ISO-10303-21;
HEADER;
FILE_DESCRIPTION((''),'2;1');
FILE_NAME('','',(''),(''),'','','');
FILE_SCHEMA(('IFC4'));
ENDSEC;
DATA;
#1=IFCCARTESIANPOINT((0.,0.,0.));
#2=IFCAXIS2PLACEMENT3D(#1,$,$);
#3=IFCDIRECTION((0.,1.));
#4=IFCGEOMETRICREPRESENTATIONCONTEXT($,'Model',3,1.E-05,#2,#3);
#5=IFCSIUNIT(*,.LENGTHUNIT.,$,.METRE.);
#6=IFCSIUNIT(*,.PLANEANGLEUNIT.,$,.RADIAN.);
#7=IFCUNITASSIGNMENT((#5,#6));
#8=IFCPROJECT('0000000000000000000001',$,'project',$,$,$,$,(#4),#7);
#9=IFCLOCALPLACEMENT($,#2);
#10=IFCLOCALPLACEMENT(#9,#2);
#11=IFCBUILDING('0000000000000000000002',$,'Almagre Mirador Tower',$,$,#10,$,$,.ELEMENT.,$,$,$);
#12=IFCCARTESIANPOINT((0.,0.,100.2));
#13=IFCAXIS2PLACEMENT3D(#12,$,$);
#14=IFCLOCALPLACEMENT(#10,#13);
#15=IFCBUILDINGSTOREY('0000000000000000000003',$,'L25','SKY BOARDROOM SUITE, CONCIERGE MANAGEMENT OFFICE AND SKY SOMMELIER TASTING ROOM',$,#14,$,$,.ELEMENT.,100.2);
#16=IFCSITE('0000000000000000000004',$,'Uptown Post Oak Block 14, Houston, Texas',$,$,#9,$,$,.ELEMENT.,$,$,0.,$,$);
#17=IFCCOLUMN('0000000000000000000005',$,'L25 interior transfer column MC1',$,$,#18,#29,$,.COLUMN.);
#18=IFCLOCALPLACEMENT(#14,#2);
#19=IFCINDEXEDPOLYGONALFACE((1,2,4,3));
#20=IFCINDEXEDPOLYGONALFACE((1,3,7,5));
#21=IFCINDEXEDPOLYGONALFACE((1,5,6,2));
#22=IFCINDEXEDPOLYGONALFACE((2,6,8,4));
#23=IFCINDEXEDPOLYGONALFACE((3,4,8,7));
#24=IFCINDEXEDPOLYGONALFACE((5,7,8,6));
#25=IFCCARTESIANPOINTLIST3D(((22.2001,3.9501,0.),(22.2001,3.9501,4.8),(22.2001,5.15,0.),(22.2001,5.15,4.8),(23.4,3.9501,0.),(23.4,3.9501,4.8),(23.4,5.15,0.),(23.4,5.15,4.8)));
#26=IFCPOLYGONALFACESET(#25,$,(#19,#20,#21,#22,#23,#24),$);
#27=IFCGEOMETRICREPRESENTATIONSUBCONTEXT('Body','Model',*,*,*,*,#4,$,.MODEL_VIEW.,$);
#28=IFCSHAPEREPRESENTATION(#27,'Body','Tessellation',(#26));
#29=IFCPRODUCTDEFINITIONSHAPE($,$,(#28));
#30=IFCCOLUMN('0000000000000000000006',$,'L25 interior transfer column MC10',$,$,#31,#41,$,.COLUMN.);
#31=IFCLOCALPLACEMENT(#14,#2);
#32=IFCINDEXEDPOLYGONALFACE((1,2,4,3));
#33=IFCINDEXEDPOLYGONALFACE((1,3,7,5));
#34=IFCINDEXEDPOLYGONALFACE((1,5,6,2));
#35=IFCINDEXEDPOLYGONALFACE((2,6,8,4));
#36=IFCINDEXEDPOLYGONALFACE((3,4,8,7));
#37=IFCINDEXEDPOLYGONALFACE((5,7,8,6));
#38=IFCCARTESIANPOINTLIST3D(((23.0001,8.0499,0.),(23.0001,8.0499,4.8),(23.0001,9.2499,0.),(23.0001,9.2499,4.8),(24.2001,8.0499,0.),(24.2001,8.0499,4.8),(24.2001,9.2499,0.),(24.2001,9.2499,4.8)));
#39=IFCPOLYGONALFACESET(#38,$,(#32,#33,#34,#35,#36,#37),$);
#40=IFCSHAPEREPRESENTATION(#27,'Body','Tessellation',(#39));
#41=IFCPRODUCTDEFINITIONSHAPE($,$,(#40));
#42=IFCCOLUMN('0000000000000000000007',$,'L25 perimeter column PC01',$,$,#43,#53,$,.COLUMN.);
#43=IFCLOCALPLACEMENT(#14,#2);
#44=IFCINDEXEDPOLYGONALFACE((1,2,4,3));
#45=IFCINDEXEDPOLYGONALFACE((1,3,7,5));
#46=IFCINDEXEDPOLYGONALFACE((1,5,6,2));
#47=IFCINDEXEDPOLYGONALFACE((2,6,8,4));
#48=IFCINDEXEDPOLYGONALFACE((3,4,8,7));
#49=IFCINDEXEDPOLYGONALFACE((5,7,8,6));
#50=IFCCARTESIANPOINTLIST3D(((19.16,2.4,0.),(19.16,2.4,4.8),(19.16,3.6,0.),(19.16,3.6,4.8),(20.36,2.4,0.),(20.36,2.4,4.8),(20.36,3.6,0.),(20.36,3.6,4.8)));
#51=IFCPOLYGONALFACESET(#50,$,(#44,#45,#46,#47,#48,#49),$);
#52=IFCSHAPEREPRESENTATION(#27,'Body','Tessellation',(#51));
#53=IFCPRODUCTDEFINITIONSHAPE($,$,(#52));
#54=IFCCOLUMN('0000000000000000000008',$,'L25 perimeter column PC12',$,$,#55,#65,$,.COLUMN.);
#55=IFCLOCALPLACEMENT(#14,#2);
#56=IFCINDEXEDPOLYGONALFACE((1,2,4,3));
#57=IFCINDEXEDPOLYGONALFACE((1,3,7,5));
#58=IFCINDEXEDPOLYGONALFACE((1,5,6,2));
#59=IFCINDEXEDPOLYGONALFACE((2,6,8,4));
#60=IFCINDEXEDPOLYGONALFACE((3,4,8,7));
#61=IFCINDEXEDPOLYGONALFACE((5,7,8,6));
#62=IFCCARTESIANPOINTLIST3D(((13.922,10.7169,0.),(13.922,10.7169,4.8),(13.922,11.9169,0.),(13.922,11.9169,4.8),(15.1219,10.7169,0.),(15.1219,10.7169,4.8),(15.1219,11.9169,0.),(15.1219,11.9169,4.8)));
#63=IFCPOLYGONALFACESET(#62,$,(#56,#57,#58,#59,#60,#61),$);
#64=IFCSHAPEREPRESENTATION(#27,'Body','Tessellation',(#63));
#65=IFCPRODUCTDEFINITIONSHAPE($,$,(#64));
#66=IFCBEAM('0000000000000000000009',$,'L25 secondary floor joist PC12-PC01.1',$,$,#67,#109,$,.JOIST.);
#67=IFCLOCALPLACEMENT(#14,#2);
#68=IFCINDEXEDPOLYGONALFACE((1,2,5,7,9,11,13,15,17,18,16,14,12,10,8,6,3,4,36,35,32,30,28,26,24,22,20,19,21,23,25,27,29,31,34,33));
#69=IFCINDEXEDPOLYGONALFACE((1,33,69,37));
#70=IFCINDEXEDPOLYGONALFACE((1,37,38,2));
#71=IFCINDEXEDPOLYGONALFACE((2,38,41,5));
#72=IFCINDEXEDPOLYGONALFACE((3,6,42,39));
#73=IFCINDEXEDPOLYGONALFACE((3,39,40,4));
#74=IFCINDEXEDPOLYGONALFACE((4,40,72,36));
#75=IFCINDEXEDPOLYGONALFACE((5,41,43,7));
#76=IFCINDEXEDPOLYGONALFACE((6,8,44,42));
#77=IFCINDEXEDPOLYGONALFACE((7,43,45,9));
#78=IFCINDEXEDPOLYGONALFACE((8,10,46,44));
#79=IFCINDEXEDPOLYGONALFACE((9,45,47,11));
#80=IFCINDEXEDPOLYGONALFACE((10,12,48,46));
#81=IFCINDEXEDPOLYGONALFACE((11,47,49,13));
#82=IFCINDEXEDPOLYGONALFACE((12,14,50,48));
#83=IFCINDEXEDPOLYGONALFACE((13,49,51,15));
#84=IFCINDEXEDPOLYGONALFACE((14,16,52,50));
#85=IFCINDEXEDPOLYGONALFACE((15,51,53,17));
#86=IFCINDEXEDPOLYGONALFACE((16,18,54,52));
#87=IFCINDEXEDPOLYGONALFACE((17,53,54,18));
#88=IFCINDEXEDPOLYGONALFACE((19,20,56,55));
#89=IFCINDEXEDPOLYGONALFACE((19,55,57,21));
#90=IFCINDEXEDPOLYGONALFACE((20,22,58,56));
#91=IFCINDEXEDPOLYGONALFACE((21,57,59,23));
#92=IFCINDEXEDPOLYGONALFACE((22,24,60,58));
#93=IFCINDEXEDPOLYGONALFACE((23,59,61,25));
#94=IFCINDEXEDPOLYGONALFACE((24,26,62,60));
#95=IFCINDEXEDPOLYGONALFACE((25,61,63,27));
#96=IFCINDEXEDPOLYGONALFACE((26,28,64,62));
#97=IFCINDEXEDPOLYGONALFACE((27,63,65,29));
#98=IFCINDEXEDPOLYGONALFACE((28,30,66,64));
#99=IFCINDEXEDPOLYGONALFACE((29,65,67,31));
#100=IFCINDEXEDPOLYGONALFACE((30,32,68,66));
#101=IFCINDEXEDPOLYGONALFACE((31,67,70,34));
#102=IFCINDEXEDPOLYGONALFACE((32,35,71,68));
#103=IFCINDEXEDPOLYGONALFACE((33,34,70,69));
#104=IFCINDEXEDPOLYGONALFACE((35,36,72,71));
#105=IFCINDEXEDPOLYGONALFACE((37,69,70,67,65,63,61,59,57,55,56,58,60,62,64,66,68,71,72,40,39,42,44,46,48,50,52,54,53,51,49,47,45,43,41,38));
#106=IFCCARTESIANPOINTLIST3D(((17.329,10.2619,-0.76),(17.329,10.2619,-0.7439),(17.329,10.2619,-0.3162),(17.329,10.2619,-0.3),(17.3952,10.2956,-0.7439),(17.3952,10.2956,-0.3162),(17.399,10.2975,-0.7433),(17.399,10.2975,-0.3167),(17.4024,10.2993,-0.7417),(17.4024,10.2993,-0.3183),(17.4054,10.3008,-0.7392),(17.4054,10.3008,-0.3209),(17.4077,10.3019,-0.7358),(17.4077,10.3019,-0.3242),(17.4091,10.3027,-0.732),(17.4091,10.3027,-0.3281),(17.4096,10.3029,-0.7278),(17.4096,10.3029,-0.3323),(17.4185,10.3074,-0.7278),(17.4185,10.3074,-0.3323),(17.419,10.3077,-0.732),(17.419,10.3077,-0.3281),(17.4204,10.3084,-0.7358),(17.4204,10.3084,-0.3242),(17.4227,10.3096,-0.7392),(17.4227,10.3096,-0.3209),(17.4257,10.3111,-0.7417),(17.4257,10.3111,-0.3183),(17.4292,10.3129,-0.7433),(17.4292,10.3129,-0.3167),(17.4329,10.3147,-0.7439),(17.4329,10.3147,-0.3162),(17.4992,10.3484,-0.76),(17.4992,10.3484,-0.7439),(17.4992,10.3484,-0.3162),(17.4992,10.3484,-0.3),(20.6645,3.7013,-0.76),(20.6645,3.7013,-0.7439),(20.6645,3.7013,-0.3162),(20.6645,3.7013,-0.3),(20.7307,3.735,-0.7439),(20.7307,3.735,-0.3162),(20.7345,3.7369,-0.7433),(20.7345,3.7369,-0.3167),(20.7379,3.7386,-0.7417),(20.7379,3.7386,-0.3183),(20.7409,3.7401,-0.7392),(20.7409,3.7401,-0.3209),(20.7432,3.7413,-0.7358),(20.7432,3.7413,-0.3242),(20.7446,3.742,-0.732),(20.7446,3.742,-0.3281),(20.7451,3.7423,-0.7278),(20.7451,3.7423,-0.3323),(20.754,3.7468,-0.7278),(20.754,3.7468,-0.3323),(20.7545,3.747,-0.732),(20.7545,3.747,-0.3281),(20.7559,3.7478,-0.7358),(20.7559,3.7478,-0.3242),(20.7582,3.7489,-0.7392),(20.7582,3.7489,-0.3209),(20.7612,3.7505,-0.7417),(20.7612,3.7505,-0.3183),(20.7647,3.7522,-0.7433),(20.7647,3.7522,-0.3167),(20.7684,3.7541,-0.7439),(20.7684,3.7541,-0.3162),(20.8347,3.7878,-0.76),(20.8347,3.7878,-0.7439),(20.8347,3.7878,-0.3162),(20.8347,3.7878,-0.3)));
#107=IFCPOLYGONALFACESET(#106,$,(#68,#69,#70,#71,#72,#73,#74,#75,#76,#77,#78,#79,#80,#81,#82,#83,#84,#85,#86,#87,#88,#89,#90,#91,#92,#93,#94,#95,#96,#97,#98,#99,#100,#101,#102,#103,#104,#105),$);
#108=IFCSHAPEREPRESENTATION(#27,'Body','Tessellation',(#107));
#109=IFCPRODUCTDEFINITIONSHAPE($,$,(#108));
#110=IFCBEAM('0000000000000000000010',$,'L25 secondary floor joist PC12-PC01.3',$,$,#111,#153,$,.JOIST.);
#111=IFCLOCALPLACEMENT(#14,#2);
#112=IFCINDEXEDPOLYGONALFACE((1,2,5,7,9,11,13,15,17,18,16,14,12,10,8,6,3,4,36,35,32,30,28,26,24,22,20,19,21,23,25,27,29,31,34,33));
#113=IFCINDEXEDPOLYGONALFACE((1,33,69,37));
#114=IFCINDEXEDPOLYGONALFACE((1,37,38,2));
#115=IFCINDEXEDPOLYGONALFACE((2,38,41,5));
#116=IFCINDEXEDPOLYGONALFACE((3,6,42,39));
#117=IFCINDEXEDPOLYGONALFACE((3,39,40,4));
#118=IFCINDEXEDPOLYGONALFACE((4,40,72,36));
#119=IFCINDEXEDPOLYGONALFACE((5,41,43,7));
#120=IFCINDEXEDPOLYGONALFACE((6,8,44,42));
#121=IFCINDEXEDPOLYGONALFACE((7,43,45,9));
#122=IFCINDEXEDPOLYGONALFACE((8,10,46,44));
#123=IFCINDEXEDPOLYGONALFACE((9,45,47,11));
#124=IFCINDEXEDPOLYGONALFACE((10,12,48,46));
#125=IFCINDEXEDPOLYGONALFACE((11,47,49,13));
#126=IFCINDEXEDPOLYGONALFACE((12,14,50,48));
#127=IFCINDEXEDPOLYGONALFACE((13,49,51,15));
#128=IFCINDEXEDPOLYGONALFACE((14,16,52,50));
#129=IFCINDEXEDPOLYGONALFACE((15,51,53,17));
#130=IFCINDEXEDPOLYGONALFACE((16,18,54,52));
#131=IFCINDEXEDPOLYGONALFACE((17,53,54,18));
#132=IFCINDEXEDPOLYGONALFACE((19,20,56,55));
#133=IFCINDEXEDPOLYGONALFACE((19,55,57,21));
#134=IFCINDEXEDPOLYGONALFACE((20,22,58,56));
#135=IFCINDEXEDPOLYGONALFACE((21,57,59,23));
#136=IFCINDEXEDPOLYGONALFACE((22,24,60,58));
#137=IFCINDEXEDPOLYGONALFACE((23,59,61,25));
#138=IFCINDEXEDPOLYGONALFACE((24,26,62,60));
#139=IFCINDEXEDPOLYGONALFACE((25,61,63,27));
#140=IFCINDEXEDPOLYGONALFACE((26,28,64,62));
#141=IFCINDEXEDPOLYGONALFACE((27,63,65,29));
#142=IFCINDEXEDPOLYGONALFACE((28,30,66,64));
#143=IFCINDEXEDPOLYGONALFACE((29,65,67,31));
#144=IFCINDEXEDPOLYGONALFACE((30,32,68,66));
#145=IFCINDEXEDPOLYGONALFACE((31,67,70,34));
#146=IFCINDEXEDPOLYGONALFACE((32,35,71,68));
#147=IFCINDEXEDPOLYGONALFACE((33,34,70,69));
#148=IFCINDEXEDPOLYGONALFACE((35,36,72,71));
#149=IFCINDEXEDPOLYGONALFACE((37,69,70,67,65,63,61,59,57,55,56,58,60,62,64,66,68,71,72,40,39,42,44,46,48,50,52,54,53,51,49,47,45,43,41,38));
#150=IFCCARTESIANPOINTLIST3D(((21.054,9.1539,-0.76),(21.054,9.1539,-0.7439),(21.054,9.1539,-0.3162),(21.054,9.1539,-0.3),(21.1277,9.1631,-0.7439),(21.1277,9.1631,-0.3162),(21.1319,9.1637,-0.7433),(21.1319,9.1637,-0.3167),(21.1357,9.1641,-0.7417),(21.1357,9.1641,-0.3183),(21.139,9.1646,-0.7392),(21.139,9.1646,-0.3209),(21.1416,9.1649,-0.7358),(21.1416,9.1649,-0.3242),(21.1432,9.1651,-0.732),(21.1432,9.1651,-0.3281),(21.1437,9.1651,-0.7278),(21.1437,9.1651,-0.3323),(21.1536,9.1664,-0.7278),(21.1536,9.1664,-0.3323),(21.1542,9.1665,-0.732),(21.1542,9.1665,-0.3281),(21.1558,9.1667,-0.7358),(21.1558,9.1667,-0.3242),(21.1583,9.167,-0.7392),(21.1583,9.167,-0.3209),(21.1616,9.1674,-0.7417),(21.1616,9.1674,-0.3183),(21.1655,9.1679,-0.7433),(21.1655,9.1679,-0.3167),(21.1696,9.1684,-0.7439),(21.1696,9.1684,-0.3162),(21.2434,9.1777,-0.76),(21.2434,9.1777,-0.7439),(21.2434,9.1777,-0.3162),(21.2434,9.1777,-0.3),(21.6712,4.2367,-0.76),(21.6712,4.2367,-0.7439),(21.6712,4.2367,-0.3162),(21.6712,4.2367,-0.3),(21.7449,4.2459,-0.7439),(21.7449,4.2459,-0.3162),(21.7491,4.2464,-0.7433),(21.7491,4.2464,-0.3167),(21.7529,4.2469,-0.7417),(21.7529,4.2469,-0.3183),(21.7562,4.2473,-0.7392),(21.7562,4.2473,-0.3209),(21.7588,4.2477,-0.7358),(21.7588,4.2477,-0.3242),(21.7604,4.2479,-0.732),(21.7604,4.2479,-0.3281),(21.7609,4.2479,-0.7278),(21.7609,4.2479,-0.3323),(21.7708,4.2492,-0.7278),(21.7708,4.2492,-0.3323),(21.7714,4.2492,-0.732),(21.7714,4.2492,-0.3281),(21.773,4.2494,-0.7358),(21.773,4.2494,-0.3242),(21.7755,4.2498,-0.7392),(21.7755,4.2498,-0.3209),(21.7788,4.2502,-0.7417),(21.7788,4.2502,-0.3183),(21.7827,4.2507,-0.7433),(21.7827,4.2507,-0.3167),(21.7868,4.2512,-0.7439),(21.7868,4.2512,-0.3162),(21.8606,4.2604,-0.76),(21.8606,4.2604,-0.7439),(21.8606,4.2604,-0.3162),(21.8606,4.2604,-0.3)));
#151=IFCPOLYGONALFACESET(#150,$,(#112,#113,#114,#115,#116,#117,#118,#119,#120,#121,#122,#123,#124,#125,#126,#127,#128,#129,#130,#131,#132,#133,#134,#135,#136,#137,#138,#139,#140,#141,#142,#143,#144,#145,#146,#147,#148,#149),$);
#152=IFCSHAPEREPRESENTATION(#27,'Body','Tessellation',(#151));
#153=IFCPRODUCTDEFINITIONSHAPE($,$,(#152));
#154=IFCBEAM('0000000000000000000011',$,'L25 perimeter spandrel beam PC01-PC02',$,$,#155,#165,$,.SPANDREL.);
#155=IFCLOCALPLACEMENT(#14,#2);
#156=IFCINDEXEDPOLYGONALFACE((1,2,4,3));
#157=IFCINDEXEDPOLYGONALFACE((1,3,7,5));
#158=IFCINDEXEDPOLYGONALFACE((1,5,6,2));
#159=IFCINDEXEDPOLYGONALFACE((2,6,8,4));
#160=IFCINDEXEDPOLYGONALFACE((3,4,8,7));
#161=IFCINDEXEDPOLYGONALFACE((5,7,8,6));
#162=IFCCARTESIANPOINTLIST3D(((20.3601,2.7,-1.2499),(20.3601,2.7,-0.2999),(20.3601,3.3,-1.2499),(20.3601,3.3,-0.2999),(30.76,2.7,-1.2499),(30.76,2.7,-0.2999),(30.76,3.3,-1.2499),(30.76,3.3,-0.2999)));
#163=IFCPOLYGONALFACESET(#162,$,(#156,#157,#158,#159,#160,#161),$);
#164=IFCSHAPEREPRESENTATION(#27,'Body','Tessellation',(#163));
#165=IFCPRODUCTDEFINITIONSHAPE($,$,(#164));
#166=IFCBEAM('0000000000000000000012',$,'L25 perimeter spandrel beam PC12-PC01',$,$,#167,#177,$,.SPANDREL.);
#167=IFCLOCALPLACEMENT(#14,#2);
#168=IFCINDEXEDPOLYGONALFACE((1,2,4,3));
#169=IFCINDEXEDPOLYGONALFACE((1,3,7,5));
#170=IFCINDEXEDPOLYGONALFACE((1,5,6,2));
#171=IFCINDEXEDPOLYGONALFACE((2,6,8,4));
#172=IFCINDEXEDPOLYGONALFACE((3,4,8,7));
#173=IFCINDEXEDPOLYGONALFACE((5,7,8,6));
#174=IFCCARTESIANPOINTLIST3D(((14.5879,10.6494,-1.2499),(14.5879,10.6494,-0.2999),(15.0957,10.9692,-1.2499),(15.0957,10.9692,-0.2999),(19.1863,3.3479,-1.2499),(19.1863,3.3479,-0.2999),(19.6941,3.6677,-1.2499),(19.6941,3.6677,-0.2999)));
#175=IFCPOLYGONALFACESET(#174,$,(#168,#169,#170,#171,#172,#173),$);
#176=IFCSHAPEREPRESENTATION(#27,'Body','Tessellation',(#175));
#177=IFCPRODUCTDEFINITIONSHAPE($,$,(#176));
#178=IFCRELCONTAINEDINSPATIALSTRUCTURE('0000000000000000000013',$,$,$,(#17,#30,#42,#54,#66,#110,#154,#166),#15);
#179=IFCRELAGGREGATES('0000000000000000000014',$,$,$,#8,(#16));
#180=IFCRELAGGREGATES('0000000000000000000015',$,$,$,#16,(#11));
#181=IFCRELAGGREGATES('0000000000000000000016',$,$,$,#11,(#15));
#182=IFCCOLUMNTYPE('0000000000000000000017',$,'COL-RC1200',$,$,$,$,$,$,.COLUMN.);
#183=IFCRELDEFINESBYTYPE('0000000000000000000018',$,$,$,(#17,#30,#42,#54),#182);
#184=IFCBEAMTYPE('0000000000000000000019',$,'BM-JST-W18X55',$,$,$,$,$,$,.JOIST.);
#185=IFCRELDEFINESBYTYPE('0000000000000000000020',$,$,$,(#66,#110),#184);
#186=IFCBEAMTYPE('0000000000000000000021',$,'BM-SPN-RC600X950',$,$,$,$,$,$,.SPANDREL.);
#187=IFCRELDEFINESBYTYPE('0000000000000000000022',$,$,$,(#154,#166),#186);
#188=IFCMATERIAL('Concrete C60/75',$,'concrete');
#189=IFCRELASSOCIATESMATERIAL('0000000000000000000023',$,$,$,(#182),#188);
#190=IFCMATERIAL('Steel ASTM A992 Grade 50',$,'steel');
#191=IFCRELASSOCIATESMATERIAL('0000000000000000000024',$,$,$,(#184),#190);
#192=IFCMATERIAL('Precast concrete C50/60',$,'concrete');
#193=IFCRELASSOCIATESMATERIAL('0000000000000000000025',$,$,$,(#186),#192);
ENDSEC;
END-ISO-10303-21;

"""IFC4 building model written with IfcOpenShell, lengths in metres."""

from ifc_helpers import new_model, si_unit, direction, frame, origin, origin_2d, place, context, subcontext, project, spatial, rectangle, i_section, extrude, material, material_profile, profile_set, type_object, element, save


model = new_model("IFC4")

# Units and contexts
model_context = context("Model", 3, precision=1e-05, world=origin(), true_north=direction((0.0, 1.0)))
body_context = subcontext(model_context, "Body", "Model", "MODEL_VIEW")
ifc_project = project(units=[si_unit("LENGTHUNIT", "METRE"), si_unit("PLANEANGLEUNIT", "RADIAN")], contexts=[model_context])

# Site, building, storey
site_placement = place(None, origin())
site = spatial("IfcSite", under=ifc_project, at=site_placement, Name="Uptown Post Oak Block 14, Houston, Texas", CompositionType="ELEMENT", RefElevation=0.0)
building_placement = place(site_placement, origin())
building = spatial("IfcBuilding", under=site, at=building_placement, Name="Almagre Mirador Tower", CompositionType="ELEMENT")
storey_placement = place(building_placement, frame((0.0, 0.0, 100.2)))
storey = spatial("IfcBuildingStorey", under=building, at=storey_placement, Name="L25", Description="SKY BOARDROOM SUITE, CONCIERGE MANAGEMENT OFFICE AND SKY SOMMELIER TASTING ROOM", CompositionType="ELEMENT", Elevation=100.2)

# Columns
ifc_material_1 = material(Name="Concrete C60/75", Category="concrete")
ifc_material_profile_1 = material_profile(ifc_material_1, rectangle(XDim=1.2, YDim=1.2, at=origin_2d()), Name="RC1200X1200")
ifc_profile_set_1 = profile_set([ifc_material_profile_1], Name="Concrete C60/75")
column_type = type_object("IfcColumnType", Name="COL-RC1200", PredefinedType="COLUMN", material=ifc_profile_set_1)
for number, where, z_axis, x_axis, name in (
    (1, (22.8, 4.55, 0.0), (0.0, 0.0, 1.0), (1.0, 0.0, 0.0), "L25 interior transfer column MC1"),
    (2, (23.6001, 8.6499, 0.0), (0.0, 0.0, 1.0), (1.0, 0.0, 0.0), "L25 interior transfer column MC10"),
    (3, (19.76, 3.0, 0.0), (0.0, 0.0, 1.0), (1.0, 0.0, 0.0), "L25 perimeter column PC01"),
    (4, (14.522, 11.3169, 0.0), (0.0, 0.0, 1.0), (1.0, 0.0, 0.0), "L25 perimeter column PC12"),
):
    element("IfcColumn", number, at=place(storey_placement, frame(where, z_axis=z_axis, x_axis=x_axis)), inside=storey, type_object=column_type, Name=name, PredefinedType="COLUMN", context=body_context, shape_type="SweptSolid", body=[
        extrude(rectangle(XDim=1.2, YDim=1.2, at=origin_2d()), origin(), (0.0, 0.0, 1.0), 4.8),
    ])

# Beams
ifc_material_2 = material(Name="Steel ASTM A992 Grade 50", Category="steel")
ifc_material_profile_2 = material_profile(ifc_material_2, i_section(OverallWidth=0.1909, OverallDepth=0.46, WebThickness=0.01, FlangeThickness=0.0161, FilletRadius=0.0161, at=origin_2d()), Name="W18X55")
ifc_profile_set_2 = profile_set([ifc_material_profile_2], Name="Steel ASTM A992 Grade 50")
beam_type_1 = type_object("IfcBeamType", Name="BM-JST-W18X55", PredefinedType="JOIST", material=ifc_profile_set_2)
beam_1_placement = place(storey_placement, frame((17.4141, 10.3052, -0.53), z_axis=(0.453201, -0.891408, 0.0), x_axis=(0.891408, 0.453201, 0.0)))
element("IfcBeam", 5, at=beam_1_placement, inside=storey, type_object=beam_type_1, Name="L25 secondary floor joist PC12-PC01.1", PredefinedType="JOIST", context=body_context, shape_type="SweptSolid", body=[
    extrude(i_section(OverallWidth=0.1909, OverallDepth=0.46, WebThickness=0.01, FlangeThickness=0.0161, FilletRadius=0.0161, at=origin_2d()), origin(), (0.0, 0.0, 1.0), 7.3599),
])
beam_2_placement = place(storey_placement, frame((21.1487, 9.1658, -0.53), z_axis=(0.124538, -0.992215, 0.0), x_axis=(0.992215, 0.124538, 0.0)))
element("IfcBeam", 6, at=beam_2_placement, inside=storey, type_object=beam_type_1, Name="L25 secondary floor joist PC12-PC01.3", PredefinedType="JOIST", context=body_context, shape_type="SweptSolid", body=[
    extrude(i_section(OverallWidth=0.1909, OverallDepth=0.46, WebThickness=0.01, FlangeThickness=0.0161, FilletRadius=0.0161, at=origin_2d()), origin(), (0.0, 0.0, 1.0), 4.9558),
])
ifc_material_3 = material(Name="Precast concrete C50/60", Category="concrete")
ifc_material_profile_3 = material_profile(ifc_material_3, rectangle(XDim=0.6001, YDim=0.95, at=origin_2d()), Name="RC600X950")
ifc_profile_set_3 = profile_set([ifc_material_profile_3], Name="Precast concrete C50/60")
beam_type_2 = type_object("IfcBeamType", Name="BM-SPN-RC600X950", PredefinedType="SPANDREL", material=ifc_profile_set_3)
beam_3_placement = place(storey_placement, frame((20.3601, 3.0, -0.7749), z_axis=(1.0, 0.0, 0.0), x_axis=(0.0, 1.0, 0.0)))
element("IfcBeam", 7, at=beam_3_placement, inside=storey, type_object=beam_type_2, Name="L25 perimeter spandrel beam PC01-PC02", PredefinedType="SPANDREL", context=body_context, shape_type="SweptSolid", body=[
    extrude(rectangle(XDim=0.6001, YDim=0.95, at=origin_2d()), origin(), (0.0, 0.0, 1.0), 10.3999),
])
beam_4_placement = place(storey_placement, frame((14.8418, 10.8093, -0.7749), z_axis=(0.532908, -0.846173, 0.0), x_axis=(0.846173, 0.532908, 0.0)))
element("IfcBeam", 8, at=beam_4_placement, inside=storey, type_object=beam_type_2, Name="L25 perimeter spandrel beam PC12-PC01", PredefinedType="SPANDREL", context=body_context, shape_type="SweptSolid", body=[
    extrude(rectangle(XDim=0.6001, YDim=0.95, at=origin_2d()), origin(), (0.0, 0.0, 1.0), 8.6289),
])

save(model, "model.ifc")
